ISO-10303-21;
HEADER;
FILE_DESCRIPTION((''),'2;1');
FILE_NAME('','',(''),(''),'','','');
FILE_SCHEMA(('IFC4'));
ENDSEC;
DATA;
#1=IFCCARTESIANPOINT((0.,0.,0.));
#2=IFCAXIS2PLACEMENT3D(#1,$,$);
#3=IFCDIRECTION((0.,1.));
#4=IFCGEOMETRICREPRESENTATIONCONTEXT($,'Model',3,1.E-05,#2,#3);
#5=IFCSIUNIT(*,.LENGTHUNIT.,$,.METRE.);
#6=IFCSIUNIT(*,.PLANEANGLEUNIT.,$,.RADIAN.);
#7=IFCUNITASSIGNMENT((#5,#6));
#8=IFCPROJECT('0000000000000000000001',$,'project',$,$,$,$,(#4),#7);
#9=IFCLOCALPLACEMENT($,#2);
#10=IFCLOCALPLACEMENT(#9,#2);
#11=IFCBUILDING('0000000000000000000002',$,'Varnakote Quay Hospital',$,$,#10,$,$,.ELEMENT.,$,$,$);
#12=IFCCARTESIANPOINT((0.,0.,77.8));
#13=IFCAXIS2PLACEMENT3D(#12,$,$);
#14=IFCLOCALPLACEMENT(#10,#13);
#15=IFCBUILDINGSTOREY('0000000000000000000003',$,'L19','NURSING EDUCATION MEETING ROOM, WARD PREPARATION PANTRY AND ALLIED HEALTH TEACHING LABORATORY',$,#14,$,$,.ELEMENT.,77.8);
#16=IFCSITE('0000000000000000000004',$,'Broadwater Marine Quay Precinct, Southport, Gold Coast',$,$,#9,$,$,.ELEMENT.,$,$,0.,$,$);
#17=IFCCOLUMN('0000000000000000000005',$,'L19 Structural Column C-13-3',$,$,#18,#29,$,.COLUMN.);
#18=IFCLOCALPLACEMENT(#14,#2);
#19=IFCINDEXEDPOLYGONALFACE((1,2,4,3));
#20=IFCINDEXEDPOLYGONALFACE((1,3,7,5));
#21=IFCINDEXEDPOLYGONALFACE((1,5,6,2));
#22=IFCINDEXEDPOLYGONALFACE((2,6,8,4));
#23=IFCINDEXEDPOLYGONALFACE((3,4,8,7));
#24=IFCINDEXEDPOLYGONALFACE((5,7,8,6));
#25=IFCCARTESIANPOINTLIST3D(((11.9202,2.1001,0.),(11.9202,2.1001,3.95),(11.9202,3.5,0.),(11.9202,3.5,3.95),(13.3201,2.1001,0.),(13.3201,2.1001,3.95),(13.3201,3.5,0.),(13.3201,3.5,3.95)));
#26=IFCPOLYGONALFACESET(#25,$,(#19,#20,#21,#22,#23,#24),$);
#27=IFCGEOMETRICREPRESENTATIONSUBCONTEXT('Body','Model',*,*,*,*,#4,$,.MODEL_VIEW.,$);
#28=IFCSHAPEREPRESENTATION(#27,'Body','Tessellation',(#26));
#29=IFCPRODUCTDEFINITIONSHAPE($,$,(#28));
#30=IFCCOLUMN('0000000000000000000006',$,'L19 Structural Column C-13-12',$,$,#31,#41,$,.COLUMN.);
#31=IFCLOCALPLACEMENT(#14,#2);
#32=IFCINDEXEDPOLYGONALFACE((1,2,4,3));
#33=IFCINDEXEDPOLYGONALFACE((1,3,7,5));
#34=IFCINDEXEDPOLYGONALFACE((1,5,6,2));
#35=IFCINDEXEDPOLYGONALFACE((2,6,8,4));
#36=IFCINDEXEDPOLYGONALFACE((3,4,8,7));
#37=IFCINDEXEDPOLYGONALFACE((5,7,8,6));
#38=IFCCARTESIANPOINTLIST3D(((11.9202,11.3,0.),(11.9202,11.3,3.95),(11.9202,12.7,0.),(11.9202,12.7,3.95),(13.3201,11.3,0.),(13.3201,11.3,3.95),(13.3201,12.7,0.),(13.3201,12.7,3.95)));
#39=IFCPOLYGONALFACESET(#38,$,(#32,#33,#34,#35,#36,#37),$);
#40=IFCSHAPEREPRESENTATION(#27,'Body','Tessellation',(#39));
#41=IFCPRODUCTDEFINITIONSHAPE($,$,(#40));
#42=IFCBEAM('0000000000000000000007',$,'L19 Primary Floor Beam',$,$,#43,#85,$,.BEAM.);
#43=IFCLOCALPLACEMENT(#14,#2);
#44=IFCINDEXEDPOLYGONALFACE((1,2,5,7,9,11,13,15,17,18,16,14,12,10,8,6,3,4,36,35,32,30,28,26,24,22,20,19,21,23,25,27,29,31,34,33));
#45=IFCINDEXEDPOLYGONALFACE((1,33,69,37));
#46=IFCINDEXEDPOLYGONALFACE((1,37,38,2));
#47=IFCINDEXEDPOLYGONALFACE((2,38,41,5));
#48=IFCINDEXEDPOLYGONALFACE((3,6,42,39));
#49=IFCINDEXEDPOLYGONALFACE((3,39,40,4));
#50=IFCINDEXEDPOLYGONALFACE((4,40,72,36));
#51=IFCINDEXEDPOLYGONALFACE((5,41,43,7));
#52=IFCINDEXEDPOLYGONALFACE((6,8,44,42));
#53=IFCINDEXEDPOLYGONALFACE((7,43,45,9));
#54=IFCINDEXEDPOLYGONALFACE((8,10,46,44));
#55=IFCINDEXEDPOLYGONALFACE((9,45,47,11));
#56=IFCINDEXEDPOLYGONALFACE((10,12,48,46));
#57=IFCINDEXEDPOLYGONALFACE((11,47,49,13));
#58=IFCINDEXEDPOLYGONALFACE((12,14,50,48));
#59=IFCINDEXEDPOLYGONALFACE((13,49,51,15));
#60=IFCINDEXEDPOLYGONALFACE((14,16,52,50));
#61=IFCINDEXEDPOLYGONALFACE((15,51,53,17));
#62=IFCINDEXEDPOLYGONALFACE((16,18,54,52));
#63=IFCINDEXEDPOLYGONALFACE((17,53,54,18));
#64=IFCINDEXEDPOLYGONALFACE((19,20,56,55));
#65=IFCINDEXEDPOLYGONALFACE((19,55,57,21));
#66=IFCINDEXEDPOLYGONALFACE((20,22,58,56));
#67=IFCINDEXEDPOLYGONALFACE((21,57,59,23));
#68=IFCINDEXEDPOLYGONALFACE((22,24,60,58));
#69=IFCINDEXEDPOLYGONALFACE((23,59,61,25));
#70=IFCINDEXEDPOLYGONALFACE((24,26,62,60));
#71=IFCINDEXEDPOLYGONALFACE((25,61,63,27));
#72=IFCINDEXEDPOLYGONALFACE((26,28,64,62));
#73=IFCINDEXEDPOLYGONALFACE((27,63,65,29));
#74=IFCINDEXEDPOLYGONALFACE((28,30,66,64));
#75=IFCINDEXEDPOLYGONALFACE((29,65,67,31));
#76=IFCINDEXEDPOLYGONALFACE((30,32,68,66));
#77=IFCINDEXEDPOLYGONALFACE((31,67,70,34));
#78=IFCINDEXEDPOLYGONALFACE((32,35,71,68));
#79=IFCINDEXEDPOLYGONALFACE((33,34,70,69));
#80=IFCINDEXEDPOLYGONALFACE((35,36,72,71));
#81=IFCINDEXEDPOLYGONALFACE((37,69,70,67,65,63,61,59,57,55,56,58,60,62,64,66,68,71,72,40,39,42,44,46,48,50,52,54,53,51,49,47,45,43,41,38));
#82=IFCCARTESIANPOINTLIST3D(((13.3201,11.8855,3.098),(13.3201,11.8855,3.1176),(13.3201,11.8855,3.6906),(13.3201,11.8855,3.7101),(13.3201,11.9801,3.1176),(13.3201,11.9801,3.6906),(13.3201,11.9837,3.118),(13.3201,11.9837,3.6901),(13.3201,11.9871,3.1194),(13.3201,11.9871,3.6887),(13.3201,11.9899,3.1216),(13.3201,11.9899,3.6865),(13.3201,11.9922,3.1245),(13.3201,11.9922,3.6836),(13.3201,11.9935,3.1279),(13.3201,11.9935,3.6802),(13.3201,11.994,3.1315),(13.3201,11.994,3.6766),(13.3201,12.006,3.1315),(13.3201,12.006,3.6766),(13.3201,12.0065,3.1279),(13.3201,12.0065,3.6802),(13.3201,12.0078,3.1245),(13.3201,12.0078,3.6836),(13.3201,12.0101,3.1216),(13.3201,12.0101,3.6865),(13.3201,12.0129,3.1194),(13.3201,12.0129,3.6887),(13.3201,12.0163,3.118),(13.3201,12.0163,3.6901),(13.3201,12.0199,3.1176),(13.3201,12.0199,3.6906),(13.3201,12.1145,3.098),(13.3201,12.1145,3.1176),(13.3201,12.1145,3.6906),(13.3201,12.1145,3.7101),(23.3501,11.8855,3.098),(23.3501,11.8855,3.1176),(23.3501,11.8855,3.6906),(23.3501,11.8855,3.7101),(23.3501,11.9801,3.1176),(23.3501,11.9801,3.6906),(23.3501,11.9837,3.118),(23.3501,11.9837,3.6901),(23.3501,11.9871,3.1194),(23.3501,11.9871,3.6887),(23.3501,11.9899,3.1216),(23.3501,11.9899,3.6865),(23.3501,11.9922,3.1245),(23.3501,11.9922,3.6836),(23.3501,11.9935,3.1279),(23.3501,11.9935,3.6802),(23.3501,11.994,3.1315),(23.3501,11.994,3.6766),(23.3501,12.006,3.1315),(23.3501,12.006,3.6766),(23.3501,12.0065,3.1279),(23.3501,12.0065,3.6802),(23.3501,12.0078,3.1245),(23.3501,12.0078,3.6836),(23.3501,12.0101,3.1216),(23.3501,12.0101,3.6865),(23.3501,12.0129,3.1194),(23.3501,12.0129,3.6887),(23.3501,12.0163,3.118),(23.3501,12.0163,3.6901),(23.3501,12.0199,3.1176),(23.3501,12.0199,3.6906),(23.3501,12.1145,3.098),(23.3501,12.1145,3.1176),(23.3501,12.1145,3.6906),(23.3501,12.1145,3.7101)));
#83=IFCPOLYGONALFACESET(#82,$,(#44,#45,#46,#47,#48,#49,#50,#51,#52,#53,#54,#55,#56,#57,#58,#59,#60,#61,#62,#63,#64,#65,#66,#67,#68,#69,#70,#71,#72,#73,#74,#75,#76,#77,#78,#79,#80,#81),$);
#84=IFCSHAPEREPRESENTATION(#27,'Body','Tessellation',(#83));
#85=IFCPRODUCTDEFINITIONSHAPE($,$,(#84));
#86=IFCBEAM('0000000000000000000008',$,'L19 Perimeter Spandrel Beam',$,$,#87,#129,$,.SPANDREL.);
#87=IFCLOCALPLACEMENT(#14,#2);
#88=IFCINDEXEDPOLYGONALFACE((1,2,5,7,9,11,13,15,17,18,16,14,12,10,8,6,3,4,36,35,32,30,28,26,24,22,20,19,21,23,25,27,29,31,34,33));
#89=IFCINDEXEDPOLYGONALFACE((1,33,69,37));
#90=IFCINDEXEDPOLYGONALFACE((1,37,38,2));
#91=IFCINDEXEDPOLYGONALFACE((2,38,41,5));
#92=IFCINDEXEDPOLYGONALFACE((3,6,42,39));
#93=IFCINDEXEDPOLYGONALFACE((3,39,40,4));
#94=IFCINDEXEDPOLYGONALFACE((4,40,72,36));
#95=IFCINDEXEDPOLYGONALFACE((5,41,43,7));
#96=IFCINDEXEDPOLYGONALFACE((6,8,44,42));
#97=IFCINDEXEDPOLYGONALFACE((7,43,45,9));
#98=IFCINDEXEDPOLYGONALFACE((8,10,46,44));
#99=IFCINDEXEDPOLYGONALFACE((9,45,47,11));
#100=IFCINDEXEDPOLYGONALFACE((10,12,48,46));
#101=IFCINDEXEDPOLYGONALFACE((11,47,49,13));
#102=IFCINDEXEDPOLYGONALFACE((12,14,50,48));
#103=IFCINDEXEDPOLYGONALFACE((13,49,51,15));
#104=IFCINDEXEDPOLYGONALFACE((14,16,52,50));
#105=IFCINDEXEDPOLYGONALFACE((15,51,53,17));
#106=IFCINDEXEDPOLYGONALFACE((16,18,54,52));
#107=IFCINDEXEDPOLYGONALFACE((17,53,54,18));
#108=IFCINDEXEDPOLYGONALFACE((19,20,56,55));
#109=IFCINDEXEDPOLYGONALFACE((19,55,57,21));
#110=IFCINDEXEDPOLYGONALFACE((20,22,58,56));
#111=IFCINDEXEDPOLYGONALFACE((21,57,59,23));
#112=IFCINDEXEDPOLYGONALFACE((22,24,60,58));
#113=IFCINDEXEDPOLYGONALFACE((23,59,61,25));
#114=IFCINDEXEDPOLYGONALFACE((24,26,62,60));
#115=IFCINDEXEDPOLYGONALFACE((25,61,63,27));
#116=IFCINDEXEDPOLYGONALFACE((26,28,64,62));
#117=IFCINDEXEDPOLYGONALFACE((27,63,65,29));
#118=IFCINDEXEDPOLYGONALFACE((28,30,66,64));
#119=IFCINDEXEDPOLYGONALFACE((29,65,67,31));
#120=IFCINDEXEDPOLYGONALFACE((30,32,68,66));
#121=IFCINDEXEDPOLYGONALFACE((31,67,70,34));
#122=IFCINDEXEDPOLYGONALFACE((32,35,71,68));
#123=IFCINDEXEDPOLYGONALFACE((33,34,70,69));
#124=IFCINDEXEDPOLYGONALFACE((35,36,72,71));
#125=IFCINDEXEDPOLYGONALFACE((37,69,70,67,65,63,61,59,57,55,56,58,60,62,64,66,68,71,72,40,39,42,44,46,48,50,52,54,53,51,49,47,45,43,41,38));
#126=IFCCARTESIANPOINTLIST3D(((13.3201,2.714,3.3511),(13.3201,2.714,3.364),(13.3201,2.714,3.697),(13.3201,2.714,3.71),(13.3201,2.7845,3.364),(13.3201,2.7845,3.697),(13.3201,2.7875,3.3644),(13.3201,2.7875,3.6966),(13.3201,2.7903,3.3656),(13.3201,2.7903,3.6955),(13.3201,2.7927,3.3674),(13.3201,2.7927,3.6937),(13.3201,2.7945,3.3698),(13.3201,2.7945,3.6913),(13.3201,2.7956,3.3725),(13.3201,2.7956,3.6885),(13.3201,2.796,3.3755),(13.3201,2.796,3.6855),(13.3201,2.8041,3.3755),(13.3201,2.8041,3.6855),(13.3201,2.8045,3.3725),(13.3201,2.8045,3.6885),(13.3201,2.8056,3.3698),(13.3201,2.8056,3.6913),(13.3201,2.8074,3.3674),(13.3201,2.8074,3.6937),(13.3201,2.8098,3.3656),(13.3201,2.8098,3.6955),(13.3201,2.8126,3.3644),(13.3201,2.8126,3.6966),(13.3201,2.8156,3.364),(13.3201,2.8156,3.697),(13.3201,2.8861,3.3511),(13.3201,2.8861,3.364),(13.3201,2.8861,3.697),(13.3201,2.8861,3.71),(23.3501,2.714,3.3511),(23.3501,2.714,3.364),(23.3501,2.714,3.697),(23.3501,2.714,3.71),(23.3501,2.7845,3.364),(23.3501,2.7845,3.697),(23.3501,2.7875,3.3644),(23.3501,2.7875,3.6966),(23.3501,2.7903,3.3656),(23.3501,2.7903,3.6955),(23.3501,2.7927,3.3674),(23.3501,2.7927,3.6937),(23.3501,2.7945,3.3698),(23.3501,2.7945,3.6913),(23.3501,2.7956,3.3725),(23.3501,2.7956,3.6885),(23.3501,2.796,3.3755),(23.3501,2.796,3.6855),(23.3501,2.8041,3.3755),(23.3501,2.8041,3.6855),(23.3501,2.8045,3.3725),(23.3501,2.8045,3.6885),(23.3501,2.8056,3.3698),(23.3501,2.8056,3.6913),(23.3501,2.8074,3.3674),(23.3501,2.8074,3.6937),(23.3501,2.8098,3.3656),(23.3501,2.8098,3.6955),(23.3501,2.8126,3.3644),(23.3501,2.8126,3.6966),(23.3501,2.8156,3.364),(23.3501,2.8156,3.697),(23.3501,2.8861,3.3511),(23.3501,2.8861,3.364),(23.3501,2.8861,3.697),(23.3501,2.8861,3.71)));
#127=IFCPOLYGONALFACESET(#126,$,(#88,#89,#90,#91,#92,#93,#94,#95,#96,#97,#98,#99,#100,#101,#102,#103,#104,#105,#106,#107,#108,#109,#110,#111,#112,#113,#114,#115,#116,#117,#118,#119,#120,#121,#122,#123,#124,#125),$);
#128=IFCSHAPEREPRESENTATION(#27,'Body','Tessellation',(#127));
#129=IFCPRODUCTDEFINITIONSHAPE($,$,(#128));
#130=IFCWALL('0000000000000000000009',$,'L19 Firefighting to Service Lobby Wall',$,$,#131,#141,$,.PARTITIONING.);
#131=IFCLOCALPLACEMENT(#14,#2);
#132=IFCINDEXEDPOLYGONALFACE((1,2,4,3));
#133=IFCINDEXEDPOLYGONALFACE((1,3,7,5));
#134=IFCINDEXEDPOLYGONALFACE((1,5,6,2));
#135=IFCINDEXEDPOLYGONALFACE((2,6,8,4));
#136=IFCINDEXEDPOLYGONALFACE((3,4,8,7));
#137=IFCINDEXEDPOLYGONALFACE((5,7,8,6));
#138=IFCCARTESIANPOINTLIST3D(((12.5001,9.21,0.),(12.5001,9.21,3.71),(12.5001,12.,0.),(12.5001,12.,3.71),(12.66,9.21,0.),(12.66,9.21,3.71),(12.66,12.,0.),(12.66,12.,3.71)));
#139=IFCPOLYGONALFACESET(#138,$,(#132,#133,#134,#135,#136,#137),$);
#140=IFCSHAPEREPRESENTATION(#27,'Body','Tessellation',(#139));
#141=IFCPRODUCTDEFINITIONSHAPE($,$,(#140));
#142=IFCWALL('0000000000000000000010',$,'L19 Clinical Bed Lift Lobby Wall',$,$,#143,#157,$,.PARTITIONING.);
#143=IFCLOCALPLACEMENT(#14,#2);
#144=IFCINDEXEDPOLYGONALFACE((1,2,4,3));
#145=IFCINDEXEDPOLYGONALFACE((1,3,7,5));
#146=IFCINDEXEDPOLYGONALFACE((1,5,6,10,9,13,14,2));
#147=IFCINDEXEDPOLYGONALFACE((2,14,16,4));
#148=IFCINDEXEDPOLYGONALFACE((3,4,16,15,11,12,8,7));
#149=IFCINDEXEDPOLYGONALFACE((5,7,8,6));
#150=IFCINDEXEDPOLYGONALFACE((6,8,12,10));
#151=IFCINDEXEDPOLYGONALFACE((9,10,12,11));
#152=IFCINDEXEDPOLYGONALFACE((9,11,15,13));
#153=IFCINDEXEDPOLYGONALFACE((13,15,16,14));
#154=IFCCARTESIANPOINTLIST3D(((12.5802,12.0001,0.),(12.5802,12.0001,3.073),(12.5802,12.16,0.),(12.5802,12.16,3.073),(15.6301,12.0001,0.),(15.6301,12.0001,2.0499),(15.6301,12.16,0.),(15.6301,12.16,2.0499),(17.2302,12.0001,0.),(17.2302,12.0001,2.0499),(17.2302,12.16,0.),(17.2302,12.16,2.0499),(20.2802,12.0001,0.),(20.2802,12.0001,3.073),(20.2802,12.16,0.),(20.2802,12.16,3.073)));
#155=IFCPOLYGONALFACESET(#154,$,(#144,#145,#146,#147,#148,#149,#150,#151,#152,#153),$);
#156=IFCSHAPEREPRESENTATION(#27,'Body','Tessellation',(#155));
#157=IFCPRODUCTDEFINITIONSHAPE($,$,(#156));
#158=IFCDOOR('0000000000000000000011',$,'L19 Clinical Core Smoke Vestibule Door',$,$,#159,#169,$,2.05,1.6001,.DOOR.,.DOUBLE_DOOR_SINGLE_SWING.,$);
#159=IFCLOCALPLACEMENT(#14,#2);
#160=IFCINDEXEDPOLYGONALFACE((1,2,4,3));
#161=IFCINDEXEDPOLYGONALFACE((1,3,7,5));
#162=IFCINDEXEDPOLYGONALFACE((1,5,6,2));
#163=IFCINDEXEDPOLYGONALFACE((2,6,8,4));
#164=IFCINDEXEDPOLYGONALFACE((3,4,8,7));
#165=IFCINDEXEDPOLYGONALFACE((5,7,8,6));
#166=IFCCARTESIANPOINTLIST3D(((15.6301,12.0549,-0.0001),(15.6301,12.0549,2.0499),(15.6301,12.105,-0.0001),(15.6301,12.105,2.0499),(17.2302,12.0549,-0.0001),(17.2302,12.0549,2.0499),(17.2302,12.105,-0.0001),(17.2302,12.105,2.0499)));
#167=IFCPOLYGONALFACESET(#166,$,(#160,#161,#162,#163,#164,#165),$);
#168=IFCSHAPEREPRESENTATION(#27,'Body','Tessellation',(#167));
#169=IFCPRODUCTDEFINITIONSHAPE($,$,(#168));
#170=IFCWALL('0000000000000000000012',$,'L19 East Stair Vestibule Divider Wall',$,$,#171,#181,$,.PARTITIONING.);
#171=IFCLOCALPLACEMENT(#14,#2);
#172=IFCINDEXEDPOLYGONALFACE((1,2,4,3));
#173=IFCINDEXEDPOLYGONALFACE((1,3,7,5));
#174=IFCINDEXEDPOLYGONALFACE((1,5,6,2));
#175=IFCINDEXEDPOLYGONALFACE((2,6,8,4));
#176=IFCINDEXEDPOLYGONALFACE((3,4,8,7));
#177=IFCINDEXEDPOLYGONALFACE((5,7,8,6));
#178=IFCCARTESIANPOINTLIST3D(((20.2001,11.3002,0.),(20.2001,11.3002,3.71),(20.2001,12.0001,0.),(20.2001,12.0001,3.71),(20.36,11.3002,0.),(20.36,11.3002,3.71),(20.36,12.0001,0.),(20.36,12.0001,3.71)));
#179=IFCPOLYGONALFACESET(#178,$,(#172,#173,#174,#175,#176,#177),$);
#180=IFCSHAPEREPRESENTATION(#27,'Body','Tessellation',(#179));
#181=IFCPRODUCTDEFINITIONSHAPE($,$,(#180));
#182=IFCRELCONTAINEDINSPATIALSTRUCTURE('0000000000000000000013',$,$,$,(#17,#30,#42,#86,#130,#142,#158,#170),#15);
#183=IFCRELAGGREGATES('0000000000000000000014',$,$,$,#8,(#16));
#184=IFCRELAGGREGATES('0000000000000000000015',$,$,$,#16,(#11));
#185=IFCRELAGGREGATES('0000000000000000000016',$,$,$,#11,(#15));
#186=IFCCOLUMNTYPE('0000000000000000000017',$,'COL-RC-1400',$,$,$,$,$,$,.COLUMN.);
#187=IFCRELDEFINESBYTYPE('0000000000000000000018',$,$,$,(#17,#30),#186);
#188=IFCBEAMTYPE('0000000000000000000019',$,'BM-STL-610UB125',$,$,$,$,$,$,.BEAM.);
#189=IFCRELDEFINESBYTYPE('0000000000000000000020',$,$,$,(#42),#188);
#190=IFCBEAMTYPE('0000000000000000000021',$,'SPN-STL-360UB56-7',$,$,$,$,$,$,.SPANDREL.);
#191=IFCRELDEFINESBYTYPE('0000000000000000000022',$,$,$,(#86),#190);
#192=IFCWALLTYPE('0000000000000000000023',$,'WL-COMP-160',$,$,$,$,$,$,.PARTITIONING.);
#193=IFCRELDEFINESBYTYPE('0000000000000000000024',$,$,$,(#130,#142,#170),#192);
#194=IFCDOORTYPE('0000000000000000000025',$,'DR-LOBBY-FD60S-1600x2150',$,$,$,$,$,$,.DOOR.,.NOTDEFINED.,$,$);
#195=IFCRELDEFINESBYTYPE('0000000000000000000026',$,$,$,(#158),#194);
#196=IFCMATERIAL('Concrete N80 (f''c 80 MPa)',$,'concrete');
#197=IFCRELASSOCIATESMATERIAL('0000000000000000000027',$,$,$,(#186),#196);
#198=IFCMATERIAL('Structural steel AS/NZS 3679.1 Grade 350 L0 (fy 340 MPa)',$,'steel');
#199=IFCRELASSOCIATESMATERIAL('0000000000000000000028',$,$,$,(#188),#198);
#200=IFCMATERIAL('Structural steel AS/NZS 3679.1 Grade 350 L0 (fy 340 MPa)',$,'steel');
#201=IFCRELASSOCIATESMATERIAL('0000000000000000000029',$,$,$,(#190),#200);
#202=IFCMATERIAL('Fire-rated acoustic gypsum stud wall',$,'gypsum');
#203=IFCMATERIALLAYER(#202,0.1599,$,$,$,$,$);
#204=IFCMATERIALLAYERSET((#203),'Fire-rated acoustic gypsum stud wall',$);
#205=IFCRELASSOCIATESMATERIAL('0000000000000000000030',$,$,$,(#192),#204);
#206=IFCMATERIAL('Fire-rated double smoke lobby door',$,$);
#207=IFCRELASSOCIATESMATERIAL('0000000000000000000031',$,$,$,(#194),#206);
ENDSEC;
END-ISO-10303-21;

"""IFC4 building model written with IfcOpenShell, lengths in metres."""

from ifc_helpers import new_model, si_unit, direction, frame, frame_2d, origin, origin_2d, place, context, subcontext, project, spatial, rectangle, i_section, extrude, material, layer, layer_set, material_profile, profile_set, type_object, element, fill, save


model = new_model("IFC4")

# Units and contexts
model_context = context("Model", 3, precision=1e-05, world=origin(), true_north=direction((0.0, 1.0)))
body_context = subcontext(model_context, "Body", "Model", "MODEL_VIEW")
ifc_project = project(units=[si_unit("LENGTHUNIT", "METRE"), si_unit("PLANEANGLEUNIT", "RADIAN")], contexts=[model_context])

# Site, building, storey
site_placement = place(None, origin())
site = spatial("IfcSite", under=ifc_project, at=site_placement, Name="Broadwater Marine Quay Precinct, Southport, Gold Coast", CompositionType="ELEMENT", RefElevation=0.0)
building_placement = place(site_placement, origin())
building = spatial("IfcBuilding", under=site, at=building_placement, Name="Varnakote Quay Hospital", CompositionType="ELEMENT")
storey_placement = place(building_placement, frame((0.0, 0.0, 77.8)))
storey = spatial("IfcBuildingStorey", under=building, at=storey_placement, Name="L19", Description="NURSING EDUCATION MEETING ROOM, WARD PREPARATION PANTRY AND ALLIED HEALTH TEACHING LABORATORY", CompositionType="ELEMENT", Elevation=77.8)

# Columns
ifc_material_1 = material(Name="Concrete N80 (f'c 80 MPa)", Category="concrete")
ifc_material_profile_1 = material_profile(ifc_material_1, rectangle(XDim=1.3999, YDim=1.3999, at=origin_2d()), Name="RC-COL-1400x1400")
ifc_profile_set_1 = profile_set([ifc_material_profile_1], Name="Concrete N80 (f'c 80 MPa)")
column_type = type_object("IfcColumnType", Name="COL-RC-1400", PredefinedType="COLUMN", material=ifc_profile_set_1)
for number, where, z_axis, x_axis, name in (
    (1, (12.6201, 2.8, 0.0), (0.0, 0.0, 1.0), (1.0, 0.0, 0.0), "L19 Structural Column C-13-3"),
    (2, (12.6201, 12.0, 0.0), (0.0, 0.0, 1.0), (1.0, 0.0, 0.0), "L19 Structural Column C-13-12"),
):
    element("IfcColumn", number, at=place(storey_placement, frame(where, z_axis=z_axis, x_axis=x_axis)), inside=storey, type_object=column_type, Name=name, PredefinedType="COLUMN", context=body_context, shape_type="SweptSolid", body=[
        extrude(rectangle(XDim=1.3999, YDim=1.3999, at=origin_2d()), origin(), (0.0, 0.0, 1.0), 3.95),
    ])

# Beams
ifc_material_2 = material(Name="Structural steel AS/NZS 3679.1 Grade 350 L0 (fy 340 MPa)", Category="steel")
ifc_material_profile_2 = material_profile(ifc_material_2, i_section(OverallWidth=0.229, OverallDepth=0.6121, WebThickness=0.012, FlangeThickness=0.0195, FilletRadius=0.0139, at=origin_2d()), Name="610UB125")
ifc_profile_set_2 = profile_set([ifc_material_profile_2], Name="Structural steel AS/NZS 3679.1 Grade 350 L0 (fy 340 MPa)")
beam_type_1 = type_object("IfcBeamType", Name="BM-STL-610UB125", PredefinedType="BEAM", material=ifc_profile_set_2)
beam_1_placement = place(storey_placement, frame((13.3201, 12.0, 3.4041), z_axis=(1.0, 0.0, 0.0), x_axis=(0.0, 1.0, 0.0)))
element("IfcBeam", 3, at=beam_1_placement, inside=storey, type_object=beam_type_1, Name="L19 Primary Floor Beam", PredefinedType="BEAM", context=body_context, shape_type="SweptSolid", body=[
    extrude(i_section(OverallWidth=0.229, OverallDepth=0.6121, WebThickness=0.012, FlangeThickness=0.0195, FilletRadius=0.0139, at=origin_2d()), origin(), (0.0, 0.0, 1.0), 10.03),
])
ifc_material_3 = material(Name="Structural steel AS/NZS 3679.1 Grade 350 L0 (fy 340 MPa)", Category="steel")
ifc_material_profile_3 = material_profile(ifc_material_3, i_section(OverallWidth=0.1721, OverallDepth=0.3589, WebThickness=0.0081, FlangeThickness=0.0129, FilletRadius=0.0115, at=origin_2d()), Name="360UB56.7")
ifc_profile_set_3 = profile_set([ifc_material_profile_3], Name="Structural steel AS/NZS 3679.1 Grade 350 L0 (fy 340 MPa)")
beam_type_2 = type_object("IfcBeamType", Name="SPN-STL-360UB56-7", PredefinedType="SPANDREL", material=ifc_profile_set_3)
beam_2_placement = place(storey_placement, frame((13.3201, 2.8, 3.5305), z_axis=(1.0, 0.0, 0.0), x_axis=(0.0, 1.0, 0.0)))
element("IfcBeam", 4, at=beam_2_placement, inside=storey, type_object=beam_type_2, Name="L19 Perimeter Spandrel Beam", PredefinedType="SPANDREL", context=body_context, shape_type="SweptSolid", body=[
    extrude(i_section(OverallWidth=0.1721, OverallDepth=0.3589, WebThickness=0.0081, FlangeThickness=0.0129, FilletRadius=0.0115, at=origin_2d()), origin(), (0.0, 0.0, 1.0), 10.03),
])

# Wall
ifc_material_4 = material(Name="Fire-rated acoustic gypsum stud wall", Category="gypsum")
ifc_layer_1 = layer(ifc_material_4, 0.1599)
ifc_layer_set_1 = layer_set([ifc_layer_1], Name="Fire-rated acoustic gypsum stud wall")
wall_type_1 = type_object("IfcWallType", Name="WL-COMP-160", PredefinedType="PARTITIONING", material=ifc_layer_set_1)
wall_1_placement = place(storey_placement, frame((12.5801, 9.21, 0.0), z_axis=(0.0, 0.0, 1.0), x_axis=(0.0, 1.0, 0.0)))
element("IfcWall", 5, at=wall_1_placement, inside=storey, type_object=wall_type_1, Name="L19 Firefighting to Service Lobby Wall", PredefinedType="PARTITIONING", context=body_context, shape_type="SweptSolid", body=[
    extrude(rectangle(XDim=2.79, YDim=0.1599, at=frame_2d((1.395, 0.0))), origin(), (0.0, 0.0, 1.0), 3.71),
])

# Wall, opening, door
wall_2_placement = place(storey_placement, frame((12.5801, 12.0801, 0.0), z_axis=(0.0, 0.0, 1.0), x_axis=(1.0, 0.0, 0.0)))
wall_2 = element("IfcWall", 6, at=wall_2_placement, inside=storey, type_object=wall_type_1, Name="L19 Clinical Bed Lift Lobby Wall", PredefinedType="PARTITIONING", context=body_context, shape_type="SweptSolid", body=[
    extrude(rectangle(XDim=7.7, YDim=0.1599, at=frame_2d((3.8501, 0.0))), origin(), (0.0, 0.0, 1.0), 3.073),
])
opening_1_placement = place(wall_2_placement, frame((3.05, 0.0, 0.0)))
opening_1 = element("IfcOpeningElement", 7, at=opening_1_placement, cuts=wall_2, PredefinedType="OPENING", context=body_context, shape_type="SweptSolid", body=[
    extrude(rectangle(XDim=1.6001, YDim=2.05, at=frame_2d((0.8, 1.0249))), frame((0.0, 0.0898, 0.0), z_axis=(0.0, -1.0, 0.0), x_axis=(1.0, 0.0, 0.0)), (0.0, 0.0, 1.0), 0.1799),
])
ifc_material_5 = material(Name="Fire-rated double smoke lobby door")
door_type_1 = type_object("IfcDoorType", Name="DR-LOBBY-FD60S-1600x2150", OperationType="NOTDEFINED", PredefinedType="DOOR", material=ifc_material_5)
door_1_placement = place(opening_1_placement, origin())
door_1 = element("IfcDoor", 8, at=door_1_placement, inside=storey, type_object=door_type_1, Name="L19 Clinical Core Smoke Vestibule Door", OperationType="DOUBLE_DOOR_SINGLE_SWING", OverallHeight=2.05, OverallWidth=1.6001, PredefinedType="DOOR", context=body_context, shape_type="SweptSolid", body=[
    extrude(rectangle(XDim=1.6001, YDim=2.05, at=frame_2d((0.8, 1.0249))), frame((0.0, 0.0249, 0.0), z_axis=(0.0, -1.0, 0.0), x_axis=(1.0, 0.0, 0.0)), (0.0, 0.0, 1.0), 0.05),
])
fill(opening_1, door_1)

# Wall
wall_3_placement = place(storey_placement, frame((20.28, 11.3, 0.0), z_axis=(0.0, 0.0, 1.0), x_axis=(0.0, 1.0, 0.0)))
element("IfcWall", 9, at=wall_3_placement, inside=storey, type_object=wall_type_1, Name="L19 East Stair Vestibule Divider Wall", PredefinedType="PARTITIONING", context=body_context, shape_type="SweptSolid", body=[
    extrude(rectangle(XDim=0.7, YDim=0.1599, at=frame_2d((0.3501, 0.0))), origin(), (0.0, 0.0, 1.0), 3.71),
])

save(model, "model.ifc")
